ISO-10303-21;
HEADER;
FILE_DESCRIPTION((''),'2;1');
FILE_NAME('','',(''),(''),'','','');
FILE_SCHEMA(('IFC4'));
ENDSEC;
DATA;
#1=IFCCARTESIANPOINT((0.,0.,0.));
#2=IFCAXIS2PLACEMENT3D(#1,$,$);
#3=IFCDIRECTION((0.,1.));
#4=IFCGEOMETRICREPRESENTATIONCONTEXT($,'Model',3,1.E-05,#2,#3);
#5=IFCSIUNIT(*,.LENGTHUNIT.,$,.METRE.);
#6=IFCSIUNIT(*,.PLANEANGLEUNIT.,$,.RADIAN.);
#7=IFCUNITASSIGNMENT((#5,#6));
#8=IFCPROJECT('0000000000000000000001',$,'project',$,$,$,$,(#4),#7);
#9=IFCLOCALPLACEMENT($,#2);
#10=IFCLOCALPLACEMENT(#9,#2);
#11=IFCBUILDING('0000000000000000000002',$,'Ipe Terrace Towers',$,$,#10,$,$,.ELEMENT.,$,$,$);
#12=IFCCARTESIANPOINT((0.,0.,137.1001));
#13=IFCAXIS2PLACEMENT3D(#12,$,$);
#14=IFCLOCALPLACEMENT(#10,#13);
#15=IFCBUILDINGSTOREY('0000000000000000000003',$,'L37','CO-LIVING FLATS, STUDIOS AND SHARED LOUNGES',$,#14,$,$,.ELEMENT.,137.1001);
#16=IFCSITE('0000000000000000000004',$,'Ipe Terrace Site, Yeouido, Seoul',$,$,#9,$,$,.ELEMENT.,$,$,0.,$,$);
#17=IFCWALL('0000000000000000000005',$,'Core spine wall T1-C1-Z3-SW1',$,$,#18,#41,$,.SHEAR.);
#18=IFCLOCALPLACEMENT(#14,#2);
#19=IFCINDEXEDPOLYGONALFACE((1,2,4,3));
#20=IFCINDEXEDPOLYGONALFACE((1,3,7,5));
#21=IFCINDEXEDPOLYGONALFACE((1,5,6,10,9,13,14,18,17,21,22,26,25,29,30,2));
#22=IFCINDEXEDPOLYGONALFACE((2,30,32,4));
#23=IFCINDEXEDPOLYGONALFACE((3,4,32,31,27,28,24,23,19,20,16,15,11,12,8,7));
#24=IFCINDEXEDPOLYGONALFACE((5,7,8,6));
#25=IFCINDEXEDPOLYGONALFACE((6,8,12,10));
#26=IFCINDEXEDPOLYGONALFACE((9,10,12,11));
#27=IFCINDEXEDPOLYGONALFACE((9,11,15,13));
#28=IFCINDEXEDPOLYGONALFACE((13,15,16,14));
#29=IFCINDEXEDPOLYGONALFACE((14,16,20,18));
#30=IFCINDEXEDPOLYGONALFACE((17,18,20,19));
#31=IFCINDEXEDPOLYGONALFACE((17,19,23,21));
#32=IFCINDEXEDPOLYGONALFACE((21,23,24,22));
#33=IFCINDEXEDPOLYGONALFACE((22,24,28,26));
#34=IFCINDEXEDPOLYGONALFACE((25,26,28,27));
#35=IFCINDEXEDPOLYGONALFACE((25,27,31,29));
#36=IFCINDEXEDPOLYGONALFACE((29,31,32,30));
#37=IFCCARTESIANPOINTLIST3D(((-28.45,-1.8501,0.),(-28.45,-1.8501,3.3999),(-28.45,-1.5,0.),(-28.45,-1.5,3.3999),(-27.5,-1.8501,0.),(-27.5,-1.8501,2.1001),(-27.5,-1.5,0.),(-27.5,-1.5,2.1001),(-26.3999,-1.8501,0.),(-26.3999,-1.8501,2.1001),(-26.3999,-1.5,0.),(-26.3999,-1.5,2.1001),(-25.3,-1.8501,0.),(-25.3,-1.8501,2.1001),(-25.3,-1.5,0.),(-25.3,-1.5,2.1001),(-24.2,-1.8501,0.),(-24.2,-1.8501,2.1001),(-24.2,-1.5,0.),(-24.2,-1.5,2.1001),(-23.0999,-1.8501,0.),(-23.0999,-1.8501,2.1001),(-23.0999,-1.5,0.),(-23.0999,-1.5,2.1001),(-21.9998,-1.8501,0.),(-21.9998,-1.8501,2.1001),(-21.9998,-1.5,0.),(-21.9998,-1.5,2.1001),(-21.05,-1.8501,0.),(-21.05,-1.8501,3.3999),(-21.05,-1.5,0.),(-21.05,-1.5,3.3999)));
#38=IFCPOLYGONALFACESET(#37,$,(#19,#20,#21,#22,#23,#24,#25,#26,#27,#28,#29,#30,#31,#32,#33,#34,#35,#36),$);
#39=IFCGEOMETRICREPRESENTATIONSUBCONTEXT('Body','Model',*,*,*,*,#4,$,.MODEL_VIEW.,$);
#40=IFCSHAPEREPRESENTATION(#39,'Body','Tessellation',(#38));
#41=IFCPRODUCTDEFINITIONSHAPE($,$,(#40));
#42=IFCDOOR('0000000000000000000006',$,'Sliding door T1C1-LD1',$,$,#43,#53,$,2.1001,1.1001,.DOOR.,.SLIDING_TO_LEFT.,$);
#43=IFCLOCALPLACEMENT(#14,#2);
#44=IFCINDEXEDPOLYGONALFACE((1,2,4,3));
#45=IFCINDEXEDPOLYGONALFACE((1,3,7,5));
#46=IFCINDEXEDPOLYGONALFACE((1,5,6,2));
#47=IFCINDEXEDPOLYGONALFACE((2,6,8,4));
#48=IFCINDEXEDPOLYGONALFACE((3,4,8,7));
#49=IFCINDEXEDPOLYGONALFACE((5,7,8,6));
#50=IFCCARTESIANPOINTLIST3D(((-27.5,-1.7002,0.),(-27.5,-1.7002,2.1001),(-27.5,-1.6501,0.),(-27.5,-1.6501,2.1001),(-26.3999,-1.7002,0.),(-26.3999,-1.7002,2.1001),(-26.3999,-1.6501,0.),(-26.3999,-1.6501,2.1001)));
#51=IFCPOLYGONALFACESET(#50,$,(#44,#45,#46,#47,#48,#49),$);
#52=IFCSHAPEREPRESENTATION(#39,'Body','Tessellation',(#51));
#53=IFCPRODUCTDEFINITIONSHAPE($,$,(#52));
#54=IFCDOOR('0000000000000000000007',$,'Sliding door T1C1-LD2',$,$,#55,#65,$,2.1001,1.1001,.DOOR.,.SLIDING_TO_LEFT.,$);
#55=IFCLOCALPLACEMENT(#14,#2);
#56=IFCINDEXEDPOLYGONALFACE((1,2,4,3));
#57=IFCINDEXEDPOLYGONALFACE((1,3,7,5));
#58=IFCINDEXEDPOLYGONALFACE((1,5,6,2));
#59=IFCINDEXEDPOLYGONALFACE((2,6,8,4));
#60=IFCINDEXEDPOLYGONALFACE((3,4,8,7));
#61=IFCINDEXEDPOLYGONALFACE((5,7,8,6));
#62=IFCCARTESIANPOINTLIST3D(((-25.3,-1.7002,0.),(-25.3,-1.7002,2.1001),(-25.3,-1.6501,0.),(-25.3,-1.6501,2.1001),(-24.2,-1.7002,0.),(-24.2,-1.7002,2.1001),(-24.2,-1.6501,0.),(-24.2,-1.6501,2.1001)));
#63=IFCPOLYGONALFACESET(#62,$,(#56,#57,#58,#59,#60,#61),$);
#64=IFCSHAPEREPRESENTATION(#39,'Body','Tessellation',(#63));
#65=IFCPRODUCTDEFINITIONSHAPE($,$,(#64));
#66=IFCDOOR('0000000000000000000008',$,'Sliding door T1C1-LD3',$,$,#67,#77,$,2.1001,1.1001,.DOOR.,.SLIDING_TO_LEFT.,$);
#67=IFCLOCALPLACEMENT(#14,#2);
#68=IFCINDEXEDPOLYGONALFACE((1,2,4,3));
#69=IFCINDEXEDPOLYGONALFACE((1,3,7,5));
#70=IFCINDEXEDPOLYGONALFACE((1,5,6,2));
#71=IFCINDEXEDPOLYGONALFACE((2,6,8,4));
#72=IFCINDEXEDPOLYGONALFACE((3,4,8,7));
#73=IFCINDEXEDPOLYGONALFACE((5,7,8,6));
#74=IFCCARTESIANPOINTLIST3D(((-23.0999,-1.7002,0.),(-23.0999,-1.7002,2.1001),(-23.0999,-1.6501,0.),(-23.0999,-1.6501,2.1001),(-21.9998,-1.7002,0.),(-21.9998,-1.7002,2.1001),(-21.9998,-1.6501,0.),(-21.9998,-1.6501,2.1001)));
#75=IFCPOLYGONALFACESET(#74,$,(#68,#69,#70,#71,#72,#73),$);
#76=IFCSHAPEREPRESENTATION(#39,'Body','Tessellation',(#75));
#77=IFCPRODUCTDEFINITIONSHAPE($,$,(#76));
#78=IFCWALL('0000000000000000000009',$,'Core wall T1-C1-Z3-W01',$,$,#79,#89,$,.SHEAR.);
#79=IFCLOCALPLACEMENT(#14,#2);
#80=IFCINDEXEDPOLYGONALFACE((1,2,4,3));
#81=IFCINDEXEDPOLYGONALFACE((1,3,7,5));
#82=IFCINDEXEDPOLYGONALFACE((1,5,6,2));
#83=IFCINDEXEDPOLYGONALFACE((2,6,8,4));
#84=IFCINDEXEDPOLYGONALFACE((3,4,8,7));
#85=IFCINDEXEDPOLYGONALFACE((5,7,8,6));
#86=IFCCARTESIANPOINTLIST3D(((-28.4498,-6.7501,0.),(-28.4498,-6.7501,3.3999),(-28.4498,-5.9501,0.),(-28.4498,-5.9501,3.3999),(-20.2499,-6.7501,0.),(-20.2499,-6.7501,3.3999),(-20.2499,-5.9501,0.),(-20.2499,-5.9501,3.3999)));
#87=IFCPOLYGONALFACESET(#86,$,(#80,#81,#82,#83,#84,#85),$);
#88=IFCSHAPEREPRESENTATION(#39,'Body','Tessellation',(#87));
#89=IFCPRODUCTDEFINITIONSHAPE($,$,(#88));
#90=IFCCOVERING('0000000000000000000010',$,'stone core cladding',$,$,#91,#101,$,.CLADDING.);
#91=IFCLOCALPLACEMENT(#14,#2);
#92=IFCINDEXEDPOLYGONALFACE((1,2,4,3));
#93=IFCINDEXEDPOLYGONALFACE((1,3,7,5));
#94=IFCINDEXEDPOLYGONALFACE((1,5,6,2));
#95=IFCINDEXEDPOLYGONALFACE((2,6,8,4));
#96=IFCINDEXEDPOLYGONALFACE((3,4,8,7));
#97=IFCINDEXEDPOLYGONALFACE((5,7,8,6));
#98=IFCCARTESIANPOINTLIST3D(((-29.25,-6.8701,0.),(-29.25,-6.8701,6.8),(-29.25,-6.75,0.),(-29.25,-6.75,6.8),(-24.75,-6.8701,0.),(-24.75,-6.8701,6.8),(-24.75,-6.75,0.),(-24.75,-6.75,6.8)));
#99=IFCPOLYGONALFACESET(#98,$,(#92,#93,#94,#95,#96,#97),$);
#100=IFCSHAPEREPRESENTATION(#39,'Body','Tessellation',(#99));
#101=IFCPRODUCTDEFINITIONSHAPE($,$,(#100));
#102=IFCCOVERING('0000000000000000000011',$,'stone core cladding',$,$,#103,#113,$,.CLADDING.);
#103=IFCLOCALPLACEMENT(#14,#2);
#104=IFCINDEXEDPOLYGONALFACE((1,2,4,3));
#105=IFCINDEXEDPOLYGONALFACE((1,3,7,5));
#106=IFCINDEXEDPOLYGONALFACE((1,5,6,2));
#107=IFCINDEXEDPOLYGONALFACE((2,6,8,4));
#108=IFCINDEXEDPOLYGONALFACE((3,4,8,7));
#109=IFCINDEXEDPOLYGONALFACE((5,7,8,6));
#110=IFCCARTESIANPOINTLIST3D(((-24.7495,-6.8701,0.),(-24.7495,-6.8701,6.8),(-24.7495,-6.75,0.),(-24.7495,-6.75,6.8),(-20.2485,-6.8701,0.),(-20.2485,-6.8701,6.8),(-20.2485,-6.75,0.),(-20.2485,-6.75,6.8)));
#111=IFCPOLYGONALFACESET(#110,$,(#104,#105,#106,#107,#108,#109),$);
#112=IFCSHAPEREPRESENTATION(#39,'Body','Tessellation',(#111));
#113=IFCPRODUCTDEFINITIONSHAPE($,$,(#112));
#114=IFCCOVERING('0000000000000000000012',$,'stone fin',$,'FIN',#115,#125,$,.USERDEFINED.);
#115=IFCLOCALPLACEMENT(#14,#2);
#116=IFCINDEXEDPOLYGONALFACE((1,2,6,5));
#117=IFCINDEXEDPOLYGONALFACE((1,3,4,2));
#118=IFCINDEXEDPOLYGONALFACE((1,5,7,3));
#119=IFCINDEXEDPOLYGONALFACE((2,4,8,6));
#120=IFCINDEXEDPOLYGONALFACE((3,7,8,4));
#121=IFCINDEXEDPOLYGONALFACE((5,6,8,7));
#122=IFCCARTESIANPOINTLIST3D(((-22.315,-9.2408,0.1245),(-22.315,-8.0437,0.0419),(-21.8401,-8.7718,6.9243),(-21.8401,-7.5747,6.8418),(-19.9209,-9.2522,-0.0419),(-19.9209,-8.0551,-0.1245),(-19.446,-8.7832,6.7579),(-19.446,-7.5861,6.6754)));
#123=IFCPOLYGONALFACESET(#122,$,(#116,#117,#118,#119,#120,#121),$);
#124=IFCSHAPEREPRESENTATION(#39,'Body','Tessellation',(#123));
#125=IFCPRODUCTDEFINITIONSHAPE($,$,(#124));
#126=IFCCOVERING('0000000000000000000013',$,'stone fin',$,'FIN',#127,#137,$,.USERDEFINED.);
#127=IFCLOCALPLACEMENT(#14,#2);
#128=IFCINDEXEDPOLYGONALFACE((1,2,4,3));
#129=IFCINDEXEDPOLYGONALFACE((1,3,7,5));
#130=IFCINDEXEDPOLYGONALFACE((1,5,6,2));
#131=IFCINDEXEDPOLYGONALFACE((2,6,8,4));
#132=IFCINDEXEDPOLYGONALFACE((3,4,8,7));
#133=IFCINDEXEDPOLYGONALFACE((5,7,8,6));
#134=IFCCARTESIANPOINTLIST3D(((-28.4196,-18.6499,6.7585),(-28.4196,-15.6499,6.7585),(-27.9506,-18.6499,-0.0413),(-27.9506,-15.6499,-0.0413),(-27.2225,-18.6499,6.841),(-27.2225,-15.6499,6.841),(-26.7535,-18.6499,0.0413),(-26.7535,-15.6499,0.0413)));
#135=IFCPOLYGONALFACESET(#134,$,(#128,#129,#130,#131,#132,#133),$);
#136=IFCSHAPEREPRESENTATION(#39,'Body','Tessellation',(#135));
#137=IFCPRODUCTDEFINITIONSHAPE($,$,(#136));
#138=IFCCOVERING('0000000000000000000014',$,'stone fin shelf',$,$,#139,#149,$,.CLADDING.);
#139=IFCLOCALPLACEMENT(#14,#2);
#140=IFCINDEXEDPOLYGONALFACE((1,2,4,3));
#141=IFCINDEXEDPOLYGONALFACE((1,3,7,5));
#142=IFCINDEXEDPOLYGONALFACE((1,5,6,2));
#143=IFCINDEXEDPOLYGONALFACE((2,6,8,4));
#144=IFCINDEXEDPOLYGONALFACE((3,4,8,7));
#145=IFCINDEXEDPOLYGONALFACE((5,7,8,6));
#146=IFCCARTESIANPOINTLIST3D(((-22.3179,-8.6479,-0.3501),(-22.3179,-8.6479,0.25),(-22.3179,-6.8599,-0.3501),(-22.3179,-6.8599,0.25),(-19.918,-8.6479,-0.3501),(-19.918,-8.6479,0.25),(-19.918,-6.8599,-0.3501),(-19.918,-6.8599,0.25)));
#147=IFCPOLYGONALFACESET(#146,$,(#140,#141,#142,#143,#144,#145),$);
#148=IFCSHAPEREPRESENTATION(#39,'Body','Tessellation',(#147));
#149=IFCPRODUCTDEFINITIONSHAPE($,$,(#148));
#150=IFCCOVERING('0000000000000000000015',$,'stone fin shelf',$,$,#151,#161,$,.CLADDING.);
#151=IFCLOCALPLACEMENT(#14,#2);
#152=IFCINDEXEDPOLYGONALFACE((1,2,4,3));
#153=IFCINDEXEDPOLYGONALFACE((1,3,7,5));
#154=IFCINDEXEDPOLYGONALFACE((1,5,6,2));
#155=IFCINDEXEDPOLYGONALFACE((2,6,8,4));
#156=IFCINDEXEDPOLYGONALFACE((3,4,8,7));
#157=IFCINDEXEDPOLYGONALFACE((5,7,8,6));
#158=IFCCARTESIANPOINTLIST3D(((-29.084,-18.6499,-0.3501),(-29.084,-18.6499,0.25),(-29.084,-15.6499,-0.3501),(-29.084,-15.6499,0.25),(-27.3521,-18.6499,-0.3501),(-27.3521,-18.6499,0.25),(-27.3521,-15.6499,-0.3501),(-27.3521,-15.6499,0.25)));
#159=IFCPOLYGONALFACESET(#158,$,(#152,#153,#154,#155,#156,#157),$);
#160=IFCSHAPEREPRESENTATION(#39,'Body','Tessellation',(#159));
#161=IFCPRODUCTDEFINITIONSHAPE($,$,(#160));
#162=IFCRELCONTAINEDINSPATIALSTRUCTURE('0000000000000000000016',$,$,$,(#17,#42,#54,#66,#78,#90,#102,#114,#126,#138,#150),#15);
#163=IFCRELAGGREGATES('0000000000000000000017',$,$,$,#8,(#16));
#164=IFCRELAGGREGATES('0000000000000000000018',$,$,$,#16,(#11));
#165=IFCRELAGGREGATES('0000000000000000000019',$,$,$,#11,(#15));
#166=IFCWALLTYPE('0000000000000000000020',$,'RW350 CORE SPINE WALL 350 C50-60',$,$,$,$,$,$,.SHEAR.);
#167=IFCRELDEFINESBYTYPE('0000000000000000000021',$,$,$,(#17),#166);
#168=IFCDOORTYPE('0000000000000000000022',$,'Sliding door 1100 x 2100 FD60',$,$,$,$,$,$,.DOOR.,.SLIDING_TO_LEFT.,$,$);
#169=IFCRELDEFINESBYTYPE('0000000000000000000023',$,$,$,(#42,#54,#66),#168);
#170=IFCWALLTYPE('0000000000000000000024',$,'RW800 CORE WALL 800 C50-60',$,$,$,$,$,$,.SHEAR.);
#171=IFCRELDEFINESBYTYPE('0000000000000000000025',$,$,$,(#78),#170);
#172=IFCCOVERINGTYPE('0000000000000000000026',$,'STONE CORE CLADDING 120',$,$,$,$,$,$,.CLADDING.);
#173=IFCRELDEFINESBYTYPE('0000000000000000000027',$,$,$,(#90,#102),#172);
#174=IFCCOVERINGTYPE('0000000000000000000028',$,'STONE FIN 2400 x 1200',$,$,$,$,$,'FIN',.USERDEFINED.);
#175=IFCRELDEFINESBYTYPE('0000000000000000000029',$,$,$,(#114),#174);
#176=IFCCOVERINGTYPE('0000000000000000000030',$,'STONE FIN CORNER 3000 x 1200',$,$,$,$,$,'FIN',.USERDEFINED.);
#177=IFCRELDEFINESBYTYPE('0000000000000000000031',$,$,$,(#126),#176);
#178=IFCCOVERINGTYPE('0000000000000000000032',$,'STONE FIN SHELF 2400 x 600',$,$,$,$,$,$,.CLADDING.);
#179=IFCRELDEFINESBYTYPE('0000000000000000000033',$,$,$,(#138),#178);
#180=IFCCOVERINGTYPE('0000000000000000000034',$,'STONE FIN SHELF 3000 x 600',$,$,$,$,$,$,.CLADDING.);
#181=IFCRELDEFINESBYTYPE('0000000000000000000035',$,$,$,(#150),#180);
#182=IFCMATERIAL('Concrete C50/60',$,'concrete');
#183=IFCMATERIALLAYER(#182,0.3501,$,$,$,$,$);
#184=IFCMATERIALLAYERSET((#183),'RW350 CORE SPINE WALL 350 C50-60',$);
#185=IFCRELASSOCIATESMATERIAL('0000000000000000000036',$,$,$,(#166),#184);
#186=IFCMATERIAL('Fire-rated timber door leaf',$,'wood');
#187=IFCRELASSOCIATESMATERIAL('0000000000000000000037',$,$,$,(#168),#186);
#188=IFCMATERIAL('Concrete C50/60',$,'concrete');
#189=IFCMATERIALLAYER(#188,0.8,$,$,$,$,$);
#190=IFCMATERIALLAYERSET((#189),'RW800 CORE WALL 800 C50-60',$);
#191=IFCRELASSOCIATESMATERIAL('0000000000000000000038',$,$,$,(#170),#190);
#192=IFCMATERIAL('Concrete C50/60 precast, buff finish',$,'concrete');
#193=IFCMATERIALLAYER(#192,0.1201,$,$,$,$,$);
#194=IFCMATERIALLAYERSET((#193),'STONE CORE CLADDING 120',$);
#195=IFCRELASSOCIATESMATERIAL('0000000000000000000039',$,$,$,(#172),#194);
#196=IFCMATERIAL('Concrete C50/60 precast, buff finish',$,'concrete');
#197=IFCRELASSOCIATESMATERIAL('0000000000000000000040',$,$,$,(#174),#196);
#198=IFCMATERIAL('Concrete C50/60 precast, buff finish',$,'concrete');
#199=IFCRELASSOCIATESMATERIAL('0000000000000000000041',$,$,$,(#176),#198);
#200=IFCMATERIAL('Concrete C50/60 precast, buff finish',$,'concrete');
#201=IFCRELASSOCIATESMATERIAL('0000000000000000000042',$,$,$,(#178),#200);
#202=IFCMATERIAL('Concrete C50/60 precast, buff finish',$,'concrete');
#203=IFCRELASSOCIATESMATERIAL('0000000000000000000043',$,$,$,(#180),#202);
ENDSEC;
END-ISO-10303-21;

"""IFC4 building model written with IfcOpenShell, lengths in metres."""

from ifc_helpers import new_model, si_unit, direction, frame, frame_2d, origin, origin_2d, place, context, subcontext, project, spatial, rectangle, extrude, material, layer, layer_set, material_profile, profile_set, type_object, element, fill, save


model = new_model("IFC4")

# Units and contexts
model_context = context("Model", 3, precision=1e-05, world=origin(), true_north=direction((0.0, 1.0)))
body_context = subcontext(model_context, "Body", "Model", "MODEL_VIEW")
ifc_project = project(units=[si_unit("LENGTHUNIT", "METRE"), si_unit("PLANEANGLEUNIT", "RADIAN")], contexts=[model_context])

# Site, building, storey
site_placement = place(None, origin())
site = spatial("IfcSite", under=ifc_project, at=site_placement, Name="Ipe Terrace Site, Yeouido, Seoul", CompositionType="ELEMENT", RefElevation=0.0)
building_placement = place(site_placement, origin())
building = spatial("IfcBuilding", under=site, at=building_placement, Name="Ipe Terrace Towers", CompositionType="ELEMENT")
storey_placement = place(building_placement, frame((0.0, 0.0, 137.1001)))
storey = spatial("IfcBuildingStorey", under=building, at=storey_placement, Name="L37", Description="CO-LIVING FLATS, STUDIOS AND SHARED LOUNGES", CompositionType="ELEMENT", Elevation=137.1001)

# Wall, openings, doors
ifc_material_1 = material(Name="Concrete C50/60", Category="concrete")
ifc_layer_1 = layer(ifc_material_1, 0.3501)
ifc_layer_set_1 = layer_set([ifc_layer_1], Name="RW350 CORE SPINE WALL 350 C50-60")
wall_type_1 = type_object("IfcWallType", Name="RW350 CORE SPINE WALL 350 C50-60", PredefinedType="SHEAR", material=ifc_layer_set_1)
wall_1_placement = place(storey_placement, frame((-28.45, -1.675, 0.0), z_axis=(0.0, 0.0, 1.0), x_axis=(1.0, 0.0, 0.0)))
wall_1 = element("IfcWall", 1, at=wall_1_placement, inside=storey, type_object=wall_type_1, Name="Core spine wall T1-C1-Z3-SW1", PredefinedType="SHEAR", context=body_context, shape_type="SweptSolid", body=[
    extrude(rectangle(XDim=7.3999, YDim=0.3501, at=frame_2d((3.7, 0.0))), origin(), (0.0, 0.0, 1.0), 3.3999),
])
opening_1_placement = place(wall_1_placement, frame((0.95, 0.0, 0.0)))
opening_1 = element("IfcOpeningElement", 2, at=opening_1_placement, cuts=wall_1, PredefinedType="OPENING", context=body_context, shape_type="SweptSolid", body=[
    extrude(rectangle(XDim=1.1001, YDim=2.1001, at=frame_2d((0.55, 1.05))), frame((0.0, 0.1851, 0.0), z_axis=(0.0, -1.0, 0.0), x_axis=(1.0, 0.0, 0.0)), (0.0, 0.0, 1.0), 0.3701),
])
opening_2_placement = place(wall_1_placement, frame((3.1499, 0.0, 0.0)))
opening_2 = element("IfcOpeningElement", 3, at=opening_2_placement, cuts=wall_1, PredefinedType="OPENING", context=body_context, shape_type="SweptSolid", body=[
    extrude(rectangle(XDim=1.1001, YDim=2.1001, at=frame_2d((0.55, 1.05))), frame((0.0, 0.1851, 0.0), z_axis=(0.0, -1.0, 0.0), x_axis=(1.0, 0.0, 0.0)), (0.0, 0.0, 1.0), 0.3701),
])
opening_3_placement = place(wall_1_placement, frame((5.3501, 0.0, 0.0)))
opening_3 = element("IfcOpeningElement", 4, at=opening_3_placement, cuts=wall_1, PredefinedType="OPENING", context=body_context, shape_type="SweptSolid", body=[
    extrude(rectangle(XDim=1.1001, YDim=2.1001, at=frame_2d((0.55, 1.05))), frame((0.0, 0.1851, 0.0), z_axis=(0.0, -1.0, 0.0), x_axis=(1.0, 0.0, 0.0)), (0.0, 0.0, 1.0), 0.3701),
])
ifc_material_2 = material(Name="Fire-rated timber door leaf", Category="wood")
door_type_1 = type_object("IfcDoorType", Name="Sliding door 1100 x 2100 FD60", OperationType="SLIDING_TO_LEFT", PredefinedType="DOOR", material=ifc_material_2)
door_1_placement = place(opening_1_placement, origin())
door_1 = element("IfcDoor", 5, at=door_1_placement, inside=storey, type_object=door_type_1, Name="Sliding door T1C1-LD1", OperationType="SLIDING_TO_LEFT", OverallHeight=2.1001, OverallWidth=1.1001, PredefinedType="DOOR", context=body_context, shape_type="SweptSolid", body=[
    extrude(rectangle(XDim=1.1001, YDim=2.1001, at=frame_2d((0.55, 1.05))), frame((0.0, 0.0249, 0.0), z_axis=(0.0, -1.0, 0.0), x_axis=(1.0, 0.0, 0.0)), (0.0, 0.0, 1.0), 0.05),
])
fill(opening_1, door_1)
door_2_placement = place(opening_2_placement, origin())
door_2 = element("IfcDoor", 6, at=door_2_placement, inside=storey, type_object=door_type_1, Name="Sliding door T1C1-LD2", OperationType="SLIDING_TO_LEFT", OverallHeight=2.1001, OverallWidth=1.1001, PredefinedType="DOOR", context=body_context, shape_type="SweptSolid", body=[
    extrude(rectangle(XDim=1.1001, YDim=2.1001, at=frame_2d((0.55, 1.05))), frame((0.0, 0.0249, 0.0), z_axis=(0.0, -1.0, 0.0), x_axis=(1.0, 0.0, 0.0)), (0.0, 0.0, 1.0), 0.05),
])
fill(opening_2, door_2)
door_3_placement = place(opening_3_placement, origin())
door_3 = element("IfcDoor", 7, at=door_3_placement, inside=storey, type_object=door_type_1, Name="Sliding door T1C1-LD3", OperationType="SLIDING_TO_LEFT", OverallHeight=2.1001, OverallWidth=1.1001, PredefinedType="DOOR", context=body_context, shape_type="SweptSolid", body=[
    extrude(rectangle(XDim=1.1001, YDim=2.1001, at=frame_2d((0.55, 1.05))), frame((0.0, 0.0249, 0.0), z_axis=(0.0, -1.0, 0.0), x_axis=(1.0, 0.0, 0.0)), (0.0, 0.0, 1.0), 0.05),
])
fill(opening_3, door_3)

# Wall
ifc_material_3 = material(Name="Concrete C50/60", Category="concrete")
ifc_layer_2 = layer(ifc_material_3, 0.8)
ifc_layer_set_2 = layer_set([ifc_layer_2], Name="RW800 CORE WALL 800 C50-60")
wall_type_2 = type_object("IfcWallType", Name="RW800 CORE WALL 800 C50-60", PredefinedType="SHEAR", material=ifc_layer_set_2)
wall_2_placement = place(storey_placement, frame((-28.45, -6.3501, 0.0), z_axis=(0.0, 0.0, 1.0), x_axis=(1.0, 0.0, 0.0)))
element("IfcWall", 8, at=wall_2_placement, inside=storey, type_object=wall_type_2, Name="Core wall T1-C1-Z3-W01", PredefinedType="SHEAR", context=body_context, shape_type="SweptSolid", body=[
    extrude(rectangle(XDim=8.2, YDim=0.8, at=frame_2d((4.1001, 0.0))), origin(), (0.0, 0.0, 1.0), 3.3999),
])

# Coverings
ifc_material_4 = material(Name="Concrete C50/60 precast, buff finish", Category="concrete")
ifc_layer_3 = layer(ifc_material_4, 0.1201)
ifc_layer_set_3 = layer_set([ifc_layer_3], Name="STONE CORE CLADDING 120")
covering_type_1 = type_object("IfcCoveringType", Name="STONE CORE CLADDING 120", PredefinedType="CLADDING", material=ifc_layer_set_3)
covering_1_placement = place(storey_placement, frame((-27.0, -6.8101, 0.0), z_axis=(0.0, 0.0, 1.0), x_axis=(1.0, 0.0, 0.0)))
element("IfcCovering", 9, at=covering_1_placement, inside=storey, type_object=covering_type_1, Name="stone core cladding", PredefinedType="CLADDING", context=body_context, shape_type="SweptSolid", body=[
    extrude(rectangle(XDim=4.5, YDim=0.1201, at=origin_2d()), origin(), (0.0, 0.0, 1.0), 6.8),
])
covering_2_placement = place(storey_placement, frame((-22.499, -6.8101, 0.0), z_axis=(0.0, 0.0, 1.0), x_axis=(1.0, 0.0, 0.0)))
element("IfcCovering", 10, at=covering_2_placement, inside=storey, type_object=covering_type_1, Name="stone core cladding", PredefinedType="CLADDING", context=body_context, shape_type="SweptSolid", body=[
    extrude(rectangle(XDim=4.501, YDim=0.1201, at=origin_2d()), origin(), (0.0, 0.0, 1.0), 6.8),
])
ifc_material_5 = material(Name="Concrete C50/60 precast, buff finish", Category="concrete")
ifc_material_profile_1 = material_profile(ifc_material_5, rectangle(XDim=2.3999, YDim=1.2, at=origin_2d()), Name="STONE FIN 2400 x 1200")
ifc_profile_set_1 = profile_set([ifc_material_profile_1], Name="Concrete C50/60 precast, buff finish")
covering_type_2 = type_object("IfcCoveringType", Name="STONE FIN 2400 x 1200", ElementType="FIN", PredefinedType="USERDEFINED", material=ifc_profile_set_1)
covering_3_placement = place(storey_placement, frame((-21.1179, -8.6479, 0.0), z_axis=(0.069499, 0.068642, 0.995218), x_axis=(0.997582, -0.004782, -0.069335)))
element("IfcCovering", 11, at=covering_3_placement, inside=storey, type_object=covering_type_2, Name="stone fin", ObjectType="FIN", PredefinedType="USERDEFINED", context=body_context, shape_type="SweptSolid", body=[
    extrude(rectangle(XDim=2.3999, YDim=1.2, at=origin_2d()), origin(), (0.0, 0.0, 1.0), 6.8325),
])
ifc_material_6 = material(Name="Concrete C50/60 precast, buff finish", Category="concrete")
ifc_material_profile_2 = material_profile(ifc_material_6, rectangle(XDim=3.0, YDim=1.2, at=origin_2d()), Name="STONE FIN CORNER 3000 x 1200")
ifc_profile_set_2 = profile_set([ifc_material_profile_2], Name="Concrete C50/60 precast, buff finish")
covering_type_3 = type_object("IfcCoveringType", Name="STONE FIN CORNER 3000 x 1200", ElementType="FIN", PredefinedType="USERDEFINED", material=ifc_profile_set_2)
covering_4_placement = place(storey_placement, frame((-27.3521, -17.1499, 0.0), z_axis=(-0.068808, 0.0, 0.99763), x_axis=(0.0, 1.0, 0.0)))
element("IfcCovering", 12, at=covering_4_placement, inside=storey, type_object=covering_type_3, Name="stone fin", ObjectType="FIN", PredefinedType="USERDEFINED", context=body_context, shape_type="SweptSolid", body=[
    extrude(rectangle(XDim=3.0, YDim=1.2, at=origin_2d()), origin(), (0.0, 0.0, 1.0), 6.8159),
])
ifc_material_7 = material(Name="Concrete C50/60 precast, buff finish", Category="concrete")
covering_type_4 = type_object("IfcCoveringType", Name="STONE FIN SHELF 2400 x 600", PredefinedType="CLADDING", material=ifc_material_7)
covering_5_placement = place(storey_placement, frame((-21.1179, -7.7539, -0.3501), z_axis=(0.0, 0.0, 1.0), x_axis=(1.0, 0.0, 0.0)))
element("IfcCovering", 13, at=covering_5_placement, inside=storey, type_object=covering_type_4, Name="stone fin shelf", PredefinedType="CLADDING", context=body_context, shape_type="SweptSolid", body=[
    extrude(rectangle(XDim=2.3999, YDim=1.7881, at=origin_2d()), origin(), (0.0, 0.0, 1.0), 0.6001),
])
ifc_material_8 = material(Name="Concrete C50/60 precast, buff finish", Category="concrete")
covering_type_5 = type_object("IfcCoveringType", Name="STONE FIN SHELF 3000 x 600", PredefinedType="CLADDING", material=ifc_material_8)
covering_6_placement = place(storey_placement, frame((-28.218, -17.1499, -0.3501), z_axis=(0.0, 0.0, 1.0), x_axis=(0.0, 1.0, 0.0)))
element("IfcCovering", 14, at=covering_6_placement, inside=storey, type_object=covering_type_5, Name="stone fin shelf", PredefinedType="CLADDING", context=body_context, shape_type="SweptSolid", body=[
    extrude(rectangle(XDim=3.0, YDim=1.7319, at=origin_2d()), origin(), (0.0, 0.0, 1.0), 0.6001),
])

save(model, "model.ifc")
